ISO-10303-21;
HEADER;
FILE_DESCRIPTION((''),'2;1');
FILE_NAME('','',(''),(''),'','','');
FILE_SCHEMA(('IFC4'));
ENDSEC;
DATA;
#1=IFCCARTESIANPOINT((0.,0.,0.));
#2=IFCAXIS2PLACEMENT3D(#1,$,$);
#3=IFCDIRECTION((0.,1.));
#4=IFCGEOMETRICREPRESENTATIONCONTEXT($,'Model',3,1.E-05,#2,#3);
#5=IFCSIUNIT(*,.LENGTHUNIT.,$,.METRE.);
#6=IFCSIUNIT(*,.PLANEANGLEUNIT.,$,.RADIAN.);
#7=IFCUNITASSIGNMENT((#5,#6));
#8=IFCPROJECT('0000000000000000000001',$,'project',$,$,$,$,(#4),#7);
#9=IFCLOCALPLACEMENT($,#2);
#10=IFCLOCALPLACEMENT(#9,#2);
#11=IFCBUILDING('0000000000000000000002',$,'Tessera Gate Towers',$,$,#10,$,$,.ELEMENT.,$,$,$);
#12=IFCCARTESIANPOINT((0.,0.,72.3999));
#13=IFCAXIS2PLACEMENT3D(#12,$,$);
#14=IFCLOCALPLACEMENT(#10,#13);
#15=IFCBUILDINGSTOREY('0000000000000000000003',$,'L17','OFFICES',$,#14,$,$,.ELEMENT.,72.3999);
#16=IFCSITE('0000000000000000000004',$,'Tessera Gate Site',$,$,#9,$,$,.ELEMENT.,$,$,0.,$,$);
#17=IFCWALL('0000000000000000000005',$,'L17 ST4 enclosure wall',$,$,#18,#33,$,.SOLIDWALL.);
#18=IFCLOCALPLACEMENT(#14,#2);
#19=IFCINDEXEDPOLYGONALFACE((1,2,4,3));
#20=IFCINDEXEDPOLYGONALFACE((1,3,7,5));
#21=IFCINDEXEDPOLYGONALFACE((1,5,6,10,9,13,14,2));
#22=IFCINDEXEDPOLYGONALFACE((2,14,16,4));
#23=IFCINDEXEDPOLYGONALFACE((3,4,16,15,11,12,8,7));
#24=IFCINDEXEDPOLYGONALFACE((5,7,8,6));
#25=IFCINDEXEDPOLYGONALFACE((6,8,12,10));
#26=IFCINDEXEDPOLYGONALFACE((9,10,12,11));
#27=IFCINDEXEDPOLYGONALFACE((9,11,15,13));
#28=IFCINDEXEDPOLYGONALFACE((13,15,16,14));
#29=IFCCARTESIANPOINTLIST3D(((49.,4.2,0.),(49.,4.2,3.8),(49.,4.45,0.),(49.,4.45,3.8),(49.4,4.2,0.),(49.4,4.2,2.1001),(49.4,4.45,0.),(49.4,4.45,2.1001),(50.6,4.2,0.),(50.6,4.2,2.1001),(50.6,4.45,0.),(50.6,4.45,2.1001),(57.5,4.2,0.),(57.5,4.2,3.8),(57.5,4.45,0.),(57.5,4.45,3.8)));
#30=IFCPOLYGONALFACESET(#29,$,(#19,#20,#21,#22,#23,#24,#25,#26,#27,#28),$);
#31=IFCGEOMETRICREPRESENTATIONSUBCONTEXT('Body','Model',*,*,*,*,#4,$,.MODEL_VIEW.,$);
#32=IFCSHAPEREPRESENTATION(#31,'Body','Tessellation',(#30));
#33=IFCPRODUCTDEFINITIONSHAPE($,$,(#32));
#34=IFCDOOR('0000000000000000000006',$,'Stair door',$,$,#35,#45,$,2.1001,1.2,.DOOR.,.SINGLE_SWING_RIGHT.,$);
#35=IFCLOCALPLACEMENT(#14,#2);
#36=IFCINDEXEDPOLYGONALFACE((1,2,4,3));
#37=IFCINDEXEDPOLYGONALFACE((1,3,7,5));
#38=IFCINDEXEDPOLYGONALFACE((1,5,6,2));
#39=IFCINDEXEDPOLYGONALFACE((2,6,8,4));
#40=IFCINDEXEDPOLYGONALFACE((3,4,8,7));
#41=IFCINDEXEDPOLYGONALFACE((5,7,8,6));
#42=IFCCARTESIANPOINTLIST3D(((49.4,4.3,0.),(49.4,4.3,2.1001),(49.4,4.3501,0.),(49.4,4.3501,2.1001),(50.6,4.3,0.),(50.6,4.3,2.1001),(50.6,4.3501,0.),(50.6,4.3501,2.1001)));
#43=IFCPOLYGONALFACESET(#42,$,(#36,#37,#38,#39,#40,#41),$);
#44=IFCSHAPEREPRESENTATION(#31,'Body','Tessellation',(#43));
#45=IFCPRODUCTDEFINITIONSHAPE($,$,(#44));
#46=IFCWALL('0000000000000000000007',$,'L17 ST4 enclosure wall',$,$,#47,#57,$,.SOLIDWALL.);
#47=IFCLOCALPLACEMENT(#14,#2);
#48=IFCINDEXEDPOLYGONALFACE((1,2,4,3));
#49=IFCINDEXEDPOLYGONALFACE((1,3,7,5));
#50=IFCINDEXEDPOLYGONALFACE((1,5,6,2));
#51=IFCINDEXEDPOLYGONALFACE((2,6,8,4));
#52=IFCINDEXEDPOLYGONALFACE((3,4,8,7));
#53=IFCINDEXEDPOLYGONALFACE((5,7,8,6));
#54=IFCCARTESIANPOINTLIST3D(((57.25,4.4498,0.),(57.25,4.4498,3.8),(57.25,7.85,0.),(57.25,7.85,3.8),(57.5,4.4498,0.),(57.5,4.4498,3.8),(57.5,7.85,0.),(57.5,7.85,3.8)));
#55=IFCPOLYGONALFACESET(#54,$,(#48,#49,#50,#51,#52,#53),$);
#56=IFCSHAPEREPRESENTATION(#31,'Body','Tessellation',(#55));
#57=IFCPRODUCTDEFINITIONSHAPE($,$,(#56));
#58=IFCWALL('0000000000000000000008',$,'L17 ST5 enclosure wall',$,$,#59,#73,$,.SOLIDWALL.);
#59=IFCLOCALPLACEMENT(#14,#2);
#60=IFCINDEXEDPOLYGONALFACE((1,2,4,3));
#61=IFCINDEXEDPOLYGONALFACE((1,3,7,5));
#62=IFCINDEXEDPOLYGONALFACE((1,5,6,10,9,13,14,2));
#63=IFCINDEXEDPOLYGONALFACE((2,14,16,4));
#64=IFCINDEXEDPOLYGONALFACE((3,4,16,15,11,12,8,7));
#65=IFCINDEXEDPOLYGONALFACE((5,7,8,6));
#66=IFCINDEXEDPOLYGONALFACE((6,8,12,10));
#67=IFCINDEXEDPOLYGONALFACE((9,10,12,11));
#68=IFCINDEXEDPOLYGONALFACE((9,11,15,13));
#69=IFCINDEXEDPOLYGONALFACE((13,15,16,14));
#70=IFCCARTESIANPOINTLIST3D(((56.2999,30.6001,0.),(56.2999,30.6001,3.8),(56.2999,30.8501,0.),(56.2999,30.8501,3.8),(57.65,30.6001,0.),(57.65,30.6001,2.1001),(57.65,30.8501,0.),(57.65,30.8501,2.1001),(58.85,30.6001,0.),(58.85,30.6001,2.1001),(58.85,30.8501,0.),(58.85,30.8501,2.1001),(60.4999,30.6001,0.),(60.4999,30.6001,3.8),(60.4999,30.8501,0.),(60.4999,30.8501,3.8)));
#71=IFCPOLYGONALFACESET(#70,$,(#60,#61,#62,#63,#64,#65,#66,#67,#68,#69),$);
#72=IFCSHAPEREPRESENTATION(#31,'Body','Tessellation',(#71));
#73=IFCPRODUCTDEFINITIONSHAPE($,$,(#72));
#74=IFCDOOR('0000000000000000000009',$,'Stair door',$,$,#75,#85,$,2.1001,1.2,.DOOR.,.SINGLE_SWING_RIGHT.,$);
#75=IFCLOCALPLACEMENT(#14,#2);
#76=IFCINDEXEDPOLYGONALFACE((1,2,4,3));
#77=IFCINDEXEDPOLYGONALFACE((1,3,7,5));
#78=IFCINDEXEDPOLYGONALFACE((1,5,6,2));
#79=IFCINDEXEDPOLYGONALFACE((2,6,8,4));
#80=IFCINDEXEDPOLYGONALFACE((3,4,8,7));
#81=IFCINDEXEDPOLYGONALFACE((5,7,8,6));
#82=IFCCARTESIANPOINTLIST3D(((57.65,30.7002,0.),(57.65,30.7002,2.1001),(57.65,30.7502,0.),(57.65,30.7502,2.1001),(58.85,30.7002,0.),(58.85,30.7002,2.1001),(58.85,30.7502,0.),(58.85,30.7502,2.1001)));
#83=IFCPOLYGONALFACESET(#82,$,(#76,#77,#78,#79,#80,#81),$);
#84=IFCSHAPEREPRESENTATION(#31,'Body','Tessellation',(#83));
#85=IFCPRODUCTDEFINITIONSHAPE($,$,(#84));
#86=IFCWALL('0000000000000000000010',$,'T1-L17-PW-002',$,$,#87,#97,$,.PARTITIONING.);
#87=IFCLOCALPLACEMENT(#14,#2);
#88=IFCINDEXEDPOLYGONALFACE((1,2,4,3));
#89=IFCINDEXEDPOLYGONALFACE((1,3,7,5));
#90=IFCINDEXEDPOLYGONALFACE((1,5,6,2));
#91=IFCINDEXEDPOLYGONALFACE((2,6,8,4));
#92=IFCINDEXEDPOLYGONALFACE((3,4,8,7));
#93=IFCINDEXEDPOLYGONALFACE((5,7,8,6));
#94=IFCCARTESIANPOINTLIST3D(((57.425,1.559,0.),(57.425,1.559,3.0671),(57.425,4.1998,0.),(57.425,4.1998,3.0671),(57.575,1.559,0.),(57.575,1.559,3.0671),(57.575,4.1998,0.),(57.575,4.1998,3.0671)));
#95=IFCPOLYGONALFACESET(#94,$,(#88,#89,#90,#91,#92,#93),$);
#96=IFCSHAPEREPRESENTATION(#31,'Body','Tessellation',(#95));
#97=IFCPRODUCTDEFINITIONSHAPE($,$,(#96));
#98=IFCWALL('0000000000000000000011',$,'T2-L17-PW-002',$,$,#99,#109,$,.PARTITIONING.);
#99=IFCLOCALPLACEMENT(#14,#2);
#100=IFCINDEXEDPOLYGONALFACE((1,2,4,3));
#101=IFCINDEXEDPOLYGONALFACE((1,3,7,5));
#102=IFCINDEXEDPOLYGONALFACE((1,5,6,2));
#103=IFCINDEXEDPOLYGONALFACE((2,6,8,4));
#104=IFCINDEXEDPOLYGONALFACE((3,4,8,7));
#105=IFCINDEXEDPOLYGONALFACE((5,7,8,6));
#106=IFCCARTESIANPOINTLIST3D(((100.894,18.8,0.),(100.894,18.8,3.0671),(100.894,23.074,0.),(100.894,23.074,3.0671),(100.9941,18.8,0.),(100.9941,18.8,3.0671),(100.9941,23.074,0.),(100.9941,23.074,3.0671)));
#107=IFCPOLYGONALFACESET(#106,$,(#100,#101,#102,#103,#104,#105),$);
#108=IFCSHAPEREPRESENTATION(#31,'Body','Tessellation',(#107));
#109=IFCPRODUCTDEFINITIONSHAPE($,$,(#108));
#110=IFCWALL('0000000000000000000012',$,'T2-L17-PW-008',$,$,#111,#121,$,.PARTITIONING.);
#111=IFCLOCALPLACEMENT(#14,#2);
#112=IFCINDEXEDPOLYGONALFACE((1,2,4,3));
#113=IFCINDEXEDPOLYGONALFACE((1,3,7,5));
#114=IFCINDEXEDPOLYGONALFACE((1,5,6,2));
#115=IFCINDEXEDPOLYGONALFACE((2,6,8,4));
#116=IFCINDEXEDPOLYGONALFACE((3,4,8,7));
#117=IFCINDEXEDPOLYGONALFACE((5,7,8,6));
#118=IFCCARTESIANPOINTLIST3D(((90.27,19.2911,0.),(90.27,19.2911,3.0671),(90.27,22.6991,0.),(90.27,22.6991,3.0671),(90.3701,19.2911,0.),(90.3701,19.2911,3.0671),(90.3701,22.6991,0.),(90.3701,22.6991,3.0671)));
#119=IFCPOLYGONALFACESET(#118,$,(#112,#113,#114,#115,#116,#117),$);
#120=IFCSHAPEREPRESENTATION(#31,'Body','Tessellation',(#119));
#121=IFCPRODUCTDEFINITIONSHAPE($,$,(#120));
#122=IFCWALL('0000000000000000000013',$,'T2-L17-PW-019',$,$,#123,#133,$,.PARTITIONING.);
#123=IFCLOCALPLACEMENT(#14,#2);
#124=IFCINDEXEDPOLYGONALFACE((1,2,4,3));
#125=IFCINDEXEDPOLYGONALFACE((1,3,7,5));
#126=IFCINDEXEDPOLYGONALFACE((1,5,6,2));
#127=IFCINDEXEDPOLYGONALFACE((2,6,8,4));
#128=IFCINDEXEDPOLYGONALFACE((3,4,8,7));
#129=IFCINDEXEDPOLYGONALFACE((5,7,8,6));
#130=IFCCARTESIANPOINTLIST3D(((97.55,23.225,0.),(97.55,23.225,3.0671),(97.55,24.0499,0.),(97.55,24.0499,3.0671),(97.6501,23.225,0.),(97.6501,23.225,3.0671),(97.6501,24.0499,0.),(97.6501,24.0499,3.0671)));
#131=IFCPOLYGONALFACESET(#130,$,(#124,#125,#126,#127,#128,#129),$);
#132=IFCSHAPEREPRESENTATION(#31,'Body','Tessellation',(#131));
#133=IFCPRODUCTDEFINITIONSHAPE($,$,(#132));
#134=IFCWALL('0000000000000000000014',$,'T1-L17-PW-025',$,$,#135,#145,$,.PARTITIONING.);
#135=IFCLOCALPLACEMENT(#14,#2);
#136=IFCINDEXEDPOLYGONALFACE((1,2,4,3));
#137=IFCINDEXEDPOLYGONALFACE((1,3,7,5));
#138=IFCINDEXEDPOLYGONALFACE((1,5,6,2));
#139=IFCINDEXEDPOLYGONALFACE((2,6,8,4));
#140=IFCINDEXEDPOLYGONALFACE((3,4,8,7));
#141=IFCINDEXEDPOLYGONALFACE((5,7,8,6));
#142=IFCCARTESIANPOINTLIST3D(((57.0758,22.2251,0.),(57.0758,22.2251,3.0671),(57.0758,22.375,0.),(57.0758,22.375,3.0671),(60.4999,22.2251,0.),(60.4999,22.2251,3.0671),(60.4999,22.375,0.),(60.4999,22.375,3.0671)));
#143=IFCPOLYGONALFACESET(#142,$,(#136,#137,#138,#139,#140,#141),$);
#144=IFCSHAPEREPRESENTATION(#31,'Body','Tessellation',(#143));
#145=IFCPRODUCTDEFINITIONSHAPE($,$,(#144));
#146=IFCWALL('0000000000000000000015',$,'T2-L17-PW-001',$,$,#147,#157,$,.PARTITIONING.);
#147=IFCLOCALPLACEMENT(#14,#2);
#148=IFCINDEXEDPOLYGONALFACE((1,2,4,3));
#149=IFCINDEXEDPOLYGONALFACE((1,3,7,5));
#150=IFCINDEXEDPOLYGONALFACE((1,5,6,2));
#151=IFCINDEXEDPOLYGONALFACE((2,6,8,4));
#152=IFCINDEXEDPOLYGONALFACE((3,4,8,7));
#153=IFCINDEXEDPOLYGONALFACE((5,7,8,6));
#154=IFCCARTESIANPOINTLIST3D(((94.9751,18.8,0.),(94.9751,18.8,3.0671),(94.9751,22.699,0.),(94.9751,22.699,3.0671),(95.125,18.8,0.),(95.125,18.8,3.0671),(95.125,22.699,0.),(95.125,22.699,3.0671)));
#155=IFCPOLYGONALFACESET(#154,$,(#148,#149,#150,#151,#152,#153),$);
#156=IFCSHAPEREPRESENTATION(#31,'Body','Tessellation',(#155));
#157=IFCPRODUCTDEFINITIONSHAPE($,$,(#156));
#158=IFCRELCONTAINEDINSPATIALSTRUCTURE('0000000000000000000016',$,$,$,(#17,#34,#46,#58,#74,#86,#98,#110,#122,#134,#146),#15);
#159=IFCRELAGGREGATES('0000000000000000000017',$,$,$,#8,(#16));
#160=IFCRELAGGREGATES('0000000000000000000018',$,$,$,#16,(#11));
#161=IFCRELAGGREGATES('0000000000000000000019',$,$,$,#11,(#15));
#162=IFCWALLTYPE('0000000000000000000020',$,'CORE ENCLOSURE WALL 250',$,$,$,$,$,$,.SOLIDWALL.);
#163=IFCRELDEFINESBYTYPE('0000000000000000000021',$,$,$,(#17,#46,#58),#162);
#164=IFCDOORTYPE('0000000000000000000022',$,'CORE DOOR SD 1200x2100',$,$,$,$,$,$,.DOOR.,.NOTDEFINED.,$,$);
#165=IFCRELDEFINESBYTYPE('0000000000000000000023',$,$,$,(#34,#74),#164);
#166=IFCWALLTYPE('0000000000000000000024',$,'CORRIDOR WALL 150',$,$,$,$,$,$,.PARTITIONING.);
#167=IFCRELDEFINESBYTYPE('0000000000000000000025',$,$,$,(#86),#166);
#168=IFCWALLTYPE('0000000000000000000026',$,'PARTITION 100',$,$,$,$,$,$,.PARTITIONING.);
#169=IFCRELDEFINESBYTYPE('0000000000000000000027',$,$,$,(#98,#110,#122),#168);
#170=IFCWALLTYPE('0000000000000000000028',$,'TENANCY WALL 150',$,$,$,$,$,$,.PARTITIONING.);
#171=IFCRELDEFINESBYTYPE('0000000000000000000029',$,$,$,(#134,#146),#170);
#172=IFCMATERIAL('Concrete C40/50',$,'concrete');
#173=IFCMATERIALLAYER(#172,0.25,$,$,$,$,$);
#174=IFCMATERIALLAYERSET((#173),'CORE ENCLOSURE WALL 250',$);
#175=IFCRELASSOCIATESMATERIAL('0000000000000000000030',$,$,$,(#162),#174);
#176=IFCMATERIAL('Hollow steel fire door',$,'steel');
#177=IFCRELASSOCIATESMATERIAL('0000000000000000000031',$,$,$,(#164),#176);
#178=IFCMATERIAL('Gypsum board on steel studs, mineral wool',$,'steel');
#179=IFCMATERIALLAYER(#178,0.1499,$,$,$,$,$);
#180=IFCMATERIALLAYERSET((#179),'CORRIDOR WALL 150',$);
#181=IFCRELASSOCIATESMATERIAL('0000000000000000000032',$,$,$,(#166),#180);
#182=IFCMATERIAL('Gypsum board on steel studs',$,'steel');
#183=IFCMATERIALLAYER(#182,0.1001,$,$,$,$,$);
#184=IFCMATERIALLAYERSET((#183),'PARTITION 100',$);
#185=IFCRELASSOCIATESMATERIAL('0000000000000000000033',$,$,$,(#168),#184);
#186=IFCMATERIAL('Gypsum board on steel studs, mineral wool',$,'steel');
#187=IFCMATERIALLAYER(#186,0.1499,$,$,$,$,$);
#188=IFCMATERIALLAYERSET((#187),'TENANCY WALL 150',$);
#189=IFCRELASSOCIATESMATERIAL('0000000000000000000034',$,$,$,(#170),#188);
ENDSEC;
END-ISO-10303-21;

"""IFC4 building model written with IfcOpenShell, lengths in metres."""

from ifc_helpers import new_model, si_unit, direction, frame, frame_2d, origin, place, context, subcontext, project, spatial, rectangle, extrude, source, transform, mapped, material, layer, layer_set, type_object, element, fill, save


model = new_model("IFC4")

# Units and contexts
model_context = context("Model", 3, precision=1e-05, world=origin(), true_north=direction((0.0, 1.0)))
body_context = subcontext(model_context, "Body", "Model", "MODEL_VIEW")
ifc_project = project(units=[si_unit("LENGTHUNIT", "METRE"), si_unit("PLANEANGLEUNIT", "RADIAN")], contexts=[model_context])

# Site, building, storey
site_placement = place(None, origin())
site = spatial("IfcSite", under=ifc_project, at=site_placement, Name="Tessera Gate Site", CompositionType="ELEMENT", RefElevation=0.0)
building_placement = place(site_placement, origin())
building = spatial("IfcBuilding", under=site, at=building_placement, Name="Tessera Gate Towers", CompositionType="ELEMENT")
storey_placement = place(building_placement, frame((0.0, 0.0, 72.3999)))
storey = spatial("IfcBuildingStorey", under=building, at=storey_placement, Name="L17", Description="OFFICES", CompositionType="ELEMENT", Elevation=72.3999)

# Wall, opening, door
ifc_material_1 = material(Name="Concrete C40/50", Category="concrete")
ifc_layer_1 = layer(ifc_material_1, 0.25)
ifc_layer_set_1 = layer_set([ifc_layer_1], Name="CORE ENCLOSURE WALL 250")
wall_type_1 = type_object("IfcWallType", Name="CORE ENCLOSURE WALL 250", PredefinedType="SOLIDWALL", material=ifc_layer_set_1)
wall_1_placement = place(storey_placement, frame((57.5, 4.325, 0.0), z_axis=(0.0, 0.0, 1.0), x_axis=(-1.0, 0.0, 0.0)))
wall_1 = element("IfcWall", 1, at=wall_1_placement, inside=storey, type_object=wall_type_1, Name="L17 ST4 enclosure wall", PredefinedType="SOLIDWALL", context=body_context, shape_type="SweptSolid", body=[
    extrude(rectangle(XDim=8.5, YDim=0.25, at=frame_2d((4.25, 0.0))), origin(), (0.0, 0.0, 1.0), 3.8),
])
shared_shape_1 = source(origin(), body_context, "Body", "SweptSolid", [
    extrude(rectangle(XDim=1.2, YDim=2.1001, at=frame_2d((0.6001, 1.05))), frame((0.0, 0.135, 0.0), z_axis=(0.0, -1.0, 0.0), x_axis=(1.0, 0.0, 0.0)), (0.0, 0.0, 1.0), 0.27),
])
opening_1_placement = place(wall_1_placement, frame((6.8999, 0.0, 0.0)))
opening_1 = element("IfcOpeningElement", 2, at=opening_1_placement, cuts=wall_1, PredefinedType="OPENING", context=body_context, shape_type="MappedRepresentation", body=[
    mapped(shared_shape_1, transform((0.0, 0.0, 0.0), scale=1.0)),
])
ifc_material_2 = material(Name="Hollow steel fire door", Category="steel")
door_type_1 = type_object("IfcDoorType", Name="CORE DOOR SD 1200x2100", OperationType="NOTDEFINED", PredefinedType="DOOR", material=ifc_material_2)
shared_shape_2 = source(origin(), body_context, "Body", "SweptSolid", [
    extrude(rectangle(XDim=1.2, YDim=2.1001, at=frame_2d((0.6001, 1.05))), frame((0.0, 0.0249, 0.0), z_axis=(0.0, -1.0, 0.0), x_axis=(1.0, 0.0, 0.0)), (0.0, 0.0, 1.0), 0.05),
])
door_1_placement = place(opening_1_placement, origin())
door_1 = element("IfcDoor", 3, at=door_1_placement, inside=storey, type_object=door_type_1, Name="Stair door", OperationType="SINGLE_SWING_RIGHT", OverallHeight=2.1001, OverallWidth=1.2, PredefinedType="DOOR", context=body_context, shape_type="MappedRepresentation", body=[
    mapped(shared_shape_2, transform((0.0, 0.0, 0.0), scale=1.0)),
])
fill(opening_1, door_1)

# Wall
wall_2_placement = place(storey_placement, frame((57.375, 7.8501, 0.0), z_axis=(0.0, 0.0, 1.0), x_axis=(0.0, -1.0, 0.0)))
element("IfcWall", 4, at=wall_2_placement, inside=storey, type_object=wall_type_1, Name="L17 ST4 enclosure wall", PredefinedType="SOLIDWALL", context=body_context, shape_type="SweptSolid", body=[
    extrude(rectangle(XDim=3.4001, YDim=0.25, at=frame_2d((1.7002, 0.0))), origin(), (0.0, 0.0, 1.0), 3.8),
])

# Wall, opening, door
wall_3_placement = place(storey_placement, frame((60.5, 30.7251, 0.0), z_axis=(0.0, 0.0, 1.0), x_axis=(-1.0, 0.0, 0.0)))
wall_3 = element("IfcWall", 5, at=wall_3_placement, inside=storey, type_object=wall_type_1, Name="L17 ST5 enclosure wall", PredefinedType="SOLIDWALL", context=body_context, shape_type="SweptSolid", body=[
    extrude(rectangle(XDim=4.2, YDim=0.25, at=frame_2d((2.1001, 0.0))), origin(), (0.0, 0.0, 1.0), 3.8),
])
opening_2_placement = place(wall_3_placement, frame((1.6499, 0.0, 0.0)))
opening_2 = element("IfcOpeningElement", 6, at=opening_2_placement, cuts=wall_3, PredefinedType="OPENING", context=body_context, shape_type="MappedRepresentation", body=[
    mapped(shared_shape_1, transform((0.0, 0.0, 0.0), scale=1.0)),
])
door_2_placement = place(opening_2_placement, origin())
door_2 = element("IfcDoor", 7, at=door_2_placement, inside=storey, type_object=door_type_1, Name="Stair door", OperationType="SINGLE_SWING_RIGHT", OverallHeight=2.1001, OverallWidth=1.2, PredefinedType="DOOR", context=body_context, shape_type="MappedRepresentation", body=[
    mapped(shared_shape_2, transform((0.0, 0.0, 0.0), scale=1.0)),
])
fill(opening_2, door_2)

# Walls
ifc_material_3 = material(Name="Gypsum board on steel studs, mineral wool", Category="steel")
ifc_layer_2 = layer(ifc_material_3, 0.1499)
ifc_layer_set_2 = layer_set([ifc_layer_2], Name="CORRIDOR WALL 150")
wall_type_2 = type_object("IfcWallType", Name="CORRIDOR WALL 150", PredefinedType="PARTITIONING", material=ifc_layer_set_2)
wall_4_placement = place(storey_placement, frame((57.5, 1.5591, 0.0), z_axis=(0.0, 0.0, 1.0), x_axis=(0.0, 1.0, 0.0)))
element("IfcWall", 8, at=wall_4_placement, inside=storey, type_object=wall_type_2, Name="T1-L17-PW-002", PredefinedType="PARTITIONING", context=body_context, shape_type="SweptSolid", body=[
    extrude(rectangle(XDim=2.6409, YDim=0.1499, at=frame_2d((1.3203, 0.0))), origin(), (0.0, 0.0, 1.0), 3.0671),
])
ifc_material_4 = material(Name="Gypsum board on steel studs", Category="steel")
ifc_layer_3 = layer(ifc_material_4, 0.1001)
ifc_layer_set_3 = layer_set([ifc_layer_3], Name="PARTITION 100")
wall_type_3 = type_object("IfcWallType", Name="PARTITION 100", PredefinedType="PARTITIONING", material=ifc_layer_set_3)
wall_5_placement = place(storey_placement, frame((100.9441, 18.8, 0.0), z_axis=(0.0, 0.0, 1.0), x_axis=(0.0, 1.0, 0.0)))
element("IfcWall", 9, at=wall_5_placement, inside=storey, type_object=wall_type_3, Name="T2-L17-PW-002", PredefinedType="PARTITIONING", context=body_context, shape_type="SweptSolid", body=[
    extrude(rectangle(XDim=4.2739, YDim=0.1001, at=frame_2d((2.137, 0.0))), origin(), (0.0, 0.0, 1.0), 3.0671),
])
wall_6_placement = place(storey_placement, frame((90.3201, 19.291, 0.0), z_axis=(0.0, 0.0, 1.0), x_axis=(0.0, 1.0, 0.0)))
element("IfcWall", 10, at=wall_6_placement, inside=storey, type_object=wall_type_3, Name="T2-L17-PW-008", PredefinedType="PARTITIONING", context=body_context, shape_type="SweptSolid", body=[
    extrude(rectangle(XDim=3.408, YDim=0.1001, at=frame_2d((1.7041, 0.0))), origin(), (0.0, 0.0, 1.0), 3.0671),
])
wall_7_placement = place(storey_placement, frame((97.6001, 24.05, 0.0), z_axis=(0.0, 0.0, 1.0), x_axis=(0.0, -1.0, 0.0)))
element("IfcWall", 11, at=wall_7_placement, inside=storey, type_object=wall_type_3, Name="T2-L17-PW-019", PredefinedType="PARTITIONING", context=body_context, shape_type="SweptSolid", body=[
    extrude(rectangle(XDim=0.825, YDim=0.1001, at=frame_2d((0.4126, 0.0))), origin(), (0.0, 0.0, 1.0), 3.0671),
])
ifc_material_5 = material(Name="Gypsum board on steel studs, mineral wool", Category="steel")
ifc_layer_4 = layer(ifc_material_5, 0.1499)
ifc_layer_set_4 = layer_set([ifc_layer_4], Name="TENANCY WALL 150")
wall_type_4 = type_object("IfcWallType", Name="TENANCY WALL 150", PredefinedType="PARTITIONING", material=ifc_layer_set_4)
wall_8_placement = place(storey_placement, frame((57.0759, 22.3, 0.0), z_axis=(0.0, 0.0, 1.0), x_axis=(1.0, 0.0, 0.0)))
element("IfcWall", 12, at=wall_8_placement, inside=storey, type_object=wall_type_4, Name="T1-L17-PW-025", PredefinedType="PARTITIONING", context=body_context, shape_type="SweptSolid", body=[
    extrude(rectangle(XDim=3.4241, YDim=0.1499, at=frame_2d((1.7119, 0.0))), origin(), (0.0, 0.0, 1.0), 3.0671),
])
wall_9_placement = place(storey_placement, frame((95.05, 18.8, 0.0), z_axis=(0.0, 0.0, 1.0), x_axis=(0.0, 1.0, 0.0)))
element("IfcWall", 13, at=wall_9_placement, inside=storey, type_object=wall_type_4, Name="T2-L17-PW-001", PredefinedType="PARTITIONING", context=body_context, shape_type="SweptSolid", body=[
    extrude(rectangle(XDim=3.8989, YDim=0.1499, at=frame_2d((1.9495, 0.0))), origin(), (0.0, 0.0, 1.0), 3.0671),
])

save(model, "model.ifc")
